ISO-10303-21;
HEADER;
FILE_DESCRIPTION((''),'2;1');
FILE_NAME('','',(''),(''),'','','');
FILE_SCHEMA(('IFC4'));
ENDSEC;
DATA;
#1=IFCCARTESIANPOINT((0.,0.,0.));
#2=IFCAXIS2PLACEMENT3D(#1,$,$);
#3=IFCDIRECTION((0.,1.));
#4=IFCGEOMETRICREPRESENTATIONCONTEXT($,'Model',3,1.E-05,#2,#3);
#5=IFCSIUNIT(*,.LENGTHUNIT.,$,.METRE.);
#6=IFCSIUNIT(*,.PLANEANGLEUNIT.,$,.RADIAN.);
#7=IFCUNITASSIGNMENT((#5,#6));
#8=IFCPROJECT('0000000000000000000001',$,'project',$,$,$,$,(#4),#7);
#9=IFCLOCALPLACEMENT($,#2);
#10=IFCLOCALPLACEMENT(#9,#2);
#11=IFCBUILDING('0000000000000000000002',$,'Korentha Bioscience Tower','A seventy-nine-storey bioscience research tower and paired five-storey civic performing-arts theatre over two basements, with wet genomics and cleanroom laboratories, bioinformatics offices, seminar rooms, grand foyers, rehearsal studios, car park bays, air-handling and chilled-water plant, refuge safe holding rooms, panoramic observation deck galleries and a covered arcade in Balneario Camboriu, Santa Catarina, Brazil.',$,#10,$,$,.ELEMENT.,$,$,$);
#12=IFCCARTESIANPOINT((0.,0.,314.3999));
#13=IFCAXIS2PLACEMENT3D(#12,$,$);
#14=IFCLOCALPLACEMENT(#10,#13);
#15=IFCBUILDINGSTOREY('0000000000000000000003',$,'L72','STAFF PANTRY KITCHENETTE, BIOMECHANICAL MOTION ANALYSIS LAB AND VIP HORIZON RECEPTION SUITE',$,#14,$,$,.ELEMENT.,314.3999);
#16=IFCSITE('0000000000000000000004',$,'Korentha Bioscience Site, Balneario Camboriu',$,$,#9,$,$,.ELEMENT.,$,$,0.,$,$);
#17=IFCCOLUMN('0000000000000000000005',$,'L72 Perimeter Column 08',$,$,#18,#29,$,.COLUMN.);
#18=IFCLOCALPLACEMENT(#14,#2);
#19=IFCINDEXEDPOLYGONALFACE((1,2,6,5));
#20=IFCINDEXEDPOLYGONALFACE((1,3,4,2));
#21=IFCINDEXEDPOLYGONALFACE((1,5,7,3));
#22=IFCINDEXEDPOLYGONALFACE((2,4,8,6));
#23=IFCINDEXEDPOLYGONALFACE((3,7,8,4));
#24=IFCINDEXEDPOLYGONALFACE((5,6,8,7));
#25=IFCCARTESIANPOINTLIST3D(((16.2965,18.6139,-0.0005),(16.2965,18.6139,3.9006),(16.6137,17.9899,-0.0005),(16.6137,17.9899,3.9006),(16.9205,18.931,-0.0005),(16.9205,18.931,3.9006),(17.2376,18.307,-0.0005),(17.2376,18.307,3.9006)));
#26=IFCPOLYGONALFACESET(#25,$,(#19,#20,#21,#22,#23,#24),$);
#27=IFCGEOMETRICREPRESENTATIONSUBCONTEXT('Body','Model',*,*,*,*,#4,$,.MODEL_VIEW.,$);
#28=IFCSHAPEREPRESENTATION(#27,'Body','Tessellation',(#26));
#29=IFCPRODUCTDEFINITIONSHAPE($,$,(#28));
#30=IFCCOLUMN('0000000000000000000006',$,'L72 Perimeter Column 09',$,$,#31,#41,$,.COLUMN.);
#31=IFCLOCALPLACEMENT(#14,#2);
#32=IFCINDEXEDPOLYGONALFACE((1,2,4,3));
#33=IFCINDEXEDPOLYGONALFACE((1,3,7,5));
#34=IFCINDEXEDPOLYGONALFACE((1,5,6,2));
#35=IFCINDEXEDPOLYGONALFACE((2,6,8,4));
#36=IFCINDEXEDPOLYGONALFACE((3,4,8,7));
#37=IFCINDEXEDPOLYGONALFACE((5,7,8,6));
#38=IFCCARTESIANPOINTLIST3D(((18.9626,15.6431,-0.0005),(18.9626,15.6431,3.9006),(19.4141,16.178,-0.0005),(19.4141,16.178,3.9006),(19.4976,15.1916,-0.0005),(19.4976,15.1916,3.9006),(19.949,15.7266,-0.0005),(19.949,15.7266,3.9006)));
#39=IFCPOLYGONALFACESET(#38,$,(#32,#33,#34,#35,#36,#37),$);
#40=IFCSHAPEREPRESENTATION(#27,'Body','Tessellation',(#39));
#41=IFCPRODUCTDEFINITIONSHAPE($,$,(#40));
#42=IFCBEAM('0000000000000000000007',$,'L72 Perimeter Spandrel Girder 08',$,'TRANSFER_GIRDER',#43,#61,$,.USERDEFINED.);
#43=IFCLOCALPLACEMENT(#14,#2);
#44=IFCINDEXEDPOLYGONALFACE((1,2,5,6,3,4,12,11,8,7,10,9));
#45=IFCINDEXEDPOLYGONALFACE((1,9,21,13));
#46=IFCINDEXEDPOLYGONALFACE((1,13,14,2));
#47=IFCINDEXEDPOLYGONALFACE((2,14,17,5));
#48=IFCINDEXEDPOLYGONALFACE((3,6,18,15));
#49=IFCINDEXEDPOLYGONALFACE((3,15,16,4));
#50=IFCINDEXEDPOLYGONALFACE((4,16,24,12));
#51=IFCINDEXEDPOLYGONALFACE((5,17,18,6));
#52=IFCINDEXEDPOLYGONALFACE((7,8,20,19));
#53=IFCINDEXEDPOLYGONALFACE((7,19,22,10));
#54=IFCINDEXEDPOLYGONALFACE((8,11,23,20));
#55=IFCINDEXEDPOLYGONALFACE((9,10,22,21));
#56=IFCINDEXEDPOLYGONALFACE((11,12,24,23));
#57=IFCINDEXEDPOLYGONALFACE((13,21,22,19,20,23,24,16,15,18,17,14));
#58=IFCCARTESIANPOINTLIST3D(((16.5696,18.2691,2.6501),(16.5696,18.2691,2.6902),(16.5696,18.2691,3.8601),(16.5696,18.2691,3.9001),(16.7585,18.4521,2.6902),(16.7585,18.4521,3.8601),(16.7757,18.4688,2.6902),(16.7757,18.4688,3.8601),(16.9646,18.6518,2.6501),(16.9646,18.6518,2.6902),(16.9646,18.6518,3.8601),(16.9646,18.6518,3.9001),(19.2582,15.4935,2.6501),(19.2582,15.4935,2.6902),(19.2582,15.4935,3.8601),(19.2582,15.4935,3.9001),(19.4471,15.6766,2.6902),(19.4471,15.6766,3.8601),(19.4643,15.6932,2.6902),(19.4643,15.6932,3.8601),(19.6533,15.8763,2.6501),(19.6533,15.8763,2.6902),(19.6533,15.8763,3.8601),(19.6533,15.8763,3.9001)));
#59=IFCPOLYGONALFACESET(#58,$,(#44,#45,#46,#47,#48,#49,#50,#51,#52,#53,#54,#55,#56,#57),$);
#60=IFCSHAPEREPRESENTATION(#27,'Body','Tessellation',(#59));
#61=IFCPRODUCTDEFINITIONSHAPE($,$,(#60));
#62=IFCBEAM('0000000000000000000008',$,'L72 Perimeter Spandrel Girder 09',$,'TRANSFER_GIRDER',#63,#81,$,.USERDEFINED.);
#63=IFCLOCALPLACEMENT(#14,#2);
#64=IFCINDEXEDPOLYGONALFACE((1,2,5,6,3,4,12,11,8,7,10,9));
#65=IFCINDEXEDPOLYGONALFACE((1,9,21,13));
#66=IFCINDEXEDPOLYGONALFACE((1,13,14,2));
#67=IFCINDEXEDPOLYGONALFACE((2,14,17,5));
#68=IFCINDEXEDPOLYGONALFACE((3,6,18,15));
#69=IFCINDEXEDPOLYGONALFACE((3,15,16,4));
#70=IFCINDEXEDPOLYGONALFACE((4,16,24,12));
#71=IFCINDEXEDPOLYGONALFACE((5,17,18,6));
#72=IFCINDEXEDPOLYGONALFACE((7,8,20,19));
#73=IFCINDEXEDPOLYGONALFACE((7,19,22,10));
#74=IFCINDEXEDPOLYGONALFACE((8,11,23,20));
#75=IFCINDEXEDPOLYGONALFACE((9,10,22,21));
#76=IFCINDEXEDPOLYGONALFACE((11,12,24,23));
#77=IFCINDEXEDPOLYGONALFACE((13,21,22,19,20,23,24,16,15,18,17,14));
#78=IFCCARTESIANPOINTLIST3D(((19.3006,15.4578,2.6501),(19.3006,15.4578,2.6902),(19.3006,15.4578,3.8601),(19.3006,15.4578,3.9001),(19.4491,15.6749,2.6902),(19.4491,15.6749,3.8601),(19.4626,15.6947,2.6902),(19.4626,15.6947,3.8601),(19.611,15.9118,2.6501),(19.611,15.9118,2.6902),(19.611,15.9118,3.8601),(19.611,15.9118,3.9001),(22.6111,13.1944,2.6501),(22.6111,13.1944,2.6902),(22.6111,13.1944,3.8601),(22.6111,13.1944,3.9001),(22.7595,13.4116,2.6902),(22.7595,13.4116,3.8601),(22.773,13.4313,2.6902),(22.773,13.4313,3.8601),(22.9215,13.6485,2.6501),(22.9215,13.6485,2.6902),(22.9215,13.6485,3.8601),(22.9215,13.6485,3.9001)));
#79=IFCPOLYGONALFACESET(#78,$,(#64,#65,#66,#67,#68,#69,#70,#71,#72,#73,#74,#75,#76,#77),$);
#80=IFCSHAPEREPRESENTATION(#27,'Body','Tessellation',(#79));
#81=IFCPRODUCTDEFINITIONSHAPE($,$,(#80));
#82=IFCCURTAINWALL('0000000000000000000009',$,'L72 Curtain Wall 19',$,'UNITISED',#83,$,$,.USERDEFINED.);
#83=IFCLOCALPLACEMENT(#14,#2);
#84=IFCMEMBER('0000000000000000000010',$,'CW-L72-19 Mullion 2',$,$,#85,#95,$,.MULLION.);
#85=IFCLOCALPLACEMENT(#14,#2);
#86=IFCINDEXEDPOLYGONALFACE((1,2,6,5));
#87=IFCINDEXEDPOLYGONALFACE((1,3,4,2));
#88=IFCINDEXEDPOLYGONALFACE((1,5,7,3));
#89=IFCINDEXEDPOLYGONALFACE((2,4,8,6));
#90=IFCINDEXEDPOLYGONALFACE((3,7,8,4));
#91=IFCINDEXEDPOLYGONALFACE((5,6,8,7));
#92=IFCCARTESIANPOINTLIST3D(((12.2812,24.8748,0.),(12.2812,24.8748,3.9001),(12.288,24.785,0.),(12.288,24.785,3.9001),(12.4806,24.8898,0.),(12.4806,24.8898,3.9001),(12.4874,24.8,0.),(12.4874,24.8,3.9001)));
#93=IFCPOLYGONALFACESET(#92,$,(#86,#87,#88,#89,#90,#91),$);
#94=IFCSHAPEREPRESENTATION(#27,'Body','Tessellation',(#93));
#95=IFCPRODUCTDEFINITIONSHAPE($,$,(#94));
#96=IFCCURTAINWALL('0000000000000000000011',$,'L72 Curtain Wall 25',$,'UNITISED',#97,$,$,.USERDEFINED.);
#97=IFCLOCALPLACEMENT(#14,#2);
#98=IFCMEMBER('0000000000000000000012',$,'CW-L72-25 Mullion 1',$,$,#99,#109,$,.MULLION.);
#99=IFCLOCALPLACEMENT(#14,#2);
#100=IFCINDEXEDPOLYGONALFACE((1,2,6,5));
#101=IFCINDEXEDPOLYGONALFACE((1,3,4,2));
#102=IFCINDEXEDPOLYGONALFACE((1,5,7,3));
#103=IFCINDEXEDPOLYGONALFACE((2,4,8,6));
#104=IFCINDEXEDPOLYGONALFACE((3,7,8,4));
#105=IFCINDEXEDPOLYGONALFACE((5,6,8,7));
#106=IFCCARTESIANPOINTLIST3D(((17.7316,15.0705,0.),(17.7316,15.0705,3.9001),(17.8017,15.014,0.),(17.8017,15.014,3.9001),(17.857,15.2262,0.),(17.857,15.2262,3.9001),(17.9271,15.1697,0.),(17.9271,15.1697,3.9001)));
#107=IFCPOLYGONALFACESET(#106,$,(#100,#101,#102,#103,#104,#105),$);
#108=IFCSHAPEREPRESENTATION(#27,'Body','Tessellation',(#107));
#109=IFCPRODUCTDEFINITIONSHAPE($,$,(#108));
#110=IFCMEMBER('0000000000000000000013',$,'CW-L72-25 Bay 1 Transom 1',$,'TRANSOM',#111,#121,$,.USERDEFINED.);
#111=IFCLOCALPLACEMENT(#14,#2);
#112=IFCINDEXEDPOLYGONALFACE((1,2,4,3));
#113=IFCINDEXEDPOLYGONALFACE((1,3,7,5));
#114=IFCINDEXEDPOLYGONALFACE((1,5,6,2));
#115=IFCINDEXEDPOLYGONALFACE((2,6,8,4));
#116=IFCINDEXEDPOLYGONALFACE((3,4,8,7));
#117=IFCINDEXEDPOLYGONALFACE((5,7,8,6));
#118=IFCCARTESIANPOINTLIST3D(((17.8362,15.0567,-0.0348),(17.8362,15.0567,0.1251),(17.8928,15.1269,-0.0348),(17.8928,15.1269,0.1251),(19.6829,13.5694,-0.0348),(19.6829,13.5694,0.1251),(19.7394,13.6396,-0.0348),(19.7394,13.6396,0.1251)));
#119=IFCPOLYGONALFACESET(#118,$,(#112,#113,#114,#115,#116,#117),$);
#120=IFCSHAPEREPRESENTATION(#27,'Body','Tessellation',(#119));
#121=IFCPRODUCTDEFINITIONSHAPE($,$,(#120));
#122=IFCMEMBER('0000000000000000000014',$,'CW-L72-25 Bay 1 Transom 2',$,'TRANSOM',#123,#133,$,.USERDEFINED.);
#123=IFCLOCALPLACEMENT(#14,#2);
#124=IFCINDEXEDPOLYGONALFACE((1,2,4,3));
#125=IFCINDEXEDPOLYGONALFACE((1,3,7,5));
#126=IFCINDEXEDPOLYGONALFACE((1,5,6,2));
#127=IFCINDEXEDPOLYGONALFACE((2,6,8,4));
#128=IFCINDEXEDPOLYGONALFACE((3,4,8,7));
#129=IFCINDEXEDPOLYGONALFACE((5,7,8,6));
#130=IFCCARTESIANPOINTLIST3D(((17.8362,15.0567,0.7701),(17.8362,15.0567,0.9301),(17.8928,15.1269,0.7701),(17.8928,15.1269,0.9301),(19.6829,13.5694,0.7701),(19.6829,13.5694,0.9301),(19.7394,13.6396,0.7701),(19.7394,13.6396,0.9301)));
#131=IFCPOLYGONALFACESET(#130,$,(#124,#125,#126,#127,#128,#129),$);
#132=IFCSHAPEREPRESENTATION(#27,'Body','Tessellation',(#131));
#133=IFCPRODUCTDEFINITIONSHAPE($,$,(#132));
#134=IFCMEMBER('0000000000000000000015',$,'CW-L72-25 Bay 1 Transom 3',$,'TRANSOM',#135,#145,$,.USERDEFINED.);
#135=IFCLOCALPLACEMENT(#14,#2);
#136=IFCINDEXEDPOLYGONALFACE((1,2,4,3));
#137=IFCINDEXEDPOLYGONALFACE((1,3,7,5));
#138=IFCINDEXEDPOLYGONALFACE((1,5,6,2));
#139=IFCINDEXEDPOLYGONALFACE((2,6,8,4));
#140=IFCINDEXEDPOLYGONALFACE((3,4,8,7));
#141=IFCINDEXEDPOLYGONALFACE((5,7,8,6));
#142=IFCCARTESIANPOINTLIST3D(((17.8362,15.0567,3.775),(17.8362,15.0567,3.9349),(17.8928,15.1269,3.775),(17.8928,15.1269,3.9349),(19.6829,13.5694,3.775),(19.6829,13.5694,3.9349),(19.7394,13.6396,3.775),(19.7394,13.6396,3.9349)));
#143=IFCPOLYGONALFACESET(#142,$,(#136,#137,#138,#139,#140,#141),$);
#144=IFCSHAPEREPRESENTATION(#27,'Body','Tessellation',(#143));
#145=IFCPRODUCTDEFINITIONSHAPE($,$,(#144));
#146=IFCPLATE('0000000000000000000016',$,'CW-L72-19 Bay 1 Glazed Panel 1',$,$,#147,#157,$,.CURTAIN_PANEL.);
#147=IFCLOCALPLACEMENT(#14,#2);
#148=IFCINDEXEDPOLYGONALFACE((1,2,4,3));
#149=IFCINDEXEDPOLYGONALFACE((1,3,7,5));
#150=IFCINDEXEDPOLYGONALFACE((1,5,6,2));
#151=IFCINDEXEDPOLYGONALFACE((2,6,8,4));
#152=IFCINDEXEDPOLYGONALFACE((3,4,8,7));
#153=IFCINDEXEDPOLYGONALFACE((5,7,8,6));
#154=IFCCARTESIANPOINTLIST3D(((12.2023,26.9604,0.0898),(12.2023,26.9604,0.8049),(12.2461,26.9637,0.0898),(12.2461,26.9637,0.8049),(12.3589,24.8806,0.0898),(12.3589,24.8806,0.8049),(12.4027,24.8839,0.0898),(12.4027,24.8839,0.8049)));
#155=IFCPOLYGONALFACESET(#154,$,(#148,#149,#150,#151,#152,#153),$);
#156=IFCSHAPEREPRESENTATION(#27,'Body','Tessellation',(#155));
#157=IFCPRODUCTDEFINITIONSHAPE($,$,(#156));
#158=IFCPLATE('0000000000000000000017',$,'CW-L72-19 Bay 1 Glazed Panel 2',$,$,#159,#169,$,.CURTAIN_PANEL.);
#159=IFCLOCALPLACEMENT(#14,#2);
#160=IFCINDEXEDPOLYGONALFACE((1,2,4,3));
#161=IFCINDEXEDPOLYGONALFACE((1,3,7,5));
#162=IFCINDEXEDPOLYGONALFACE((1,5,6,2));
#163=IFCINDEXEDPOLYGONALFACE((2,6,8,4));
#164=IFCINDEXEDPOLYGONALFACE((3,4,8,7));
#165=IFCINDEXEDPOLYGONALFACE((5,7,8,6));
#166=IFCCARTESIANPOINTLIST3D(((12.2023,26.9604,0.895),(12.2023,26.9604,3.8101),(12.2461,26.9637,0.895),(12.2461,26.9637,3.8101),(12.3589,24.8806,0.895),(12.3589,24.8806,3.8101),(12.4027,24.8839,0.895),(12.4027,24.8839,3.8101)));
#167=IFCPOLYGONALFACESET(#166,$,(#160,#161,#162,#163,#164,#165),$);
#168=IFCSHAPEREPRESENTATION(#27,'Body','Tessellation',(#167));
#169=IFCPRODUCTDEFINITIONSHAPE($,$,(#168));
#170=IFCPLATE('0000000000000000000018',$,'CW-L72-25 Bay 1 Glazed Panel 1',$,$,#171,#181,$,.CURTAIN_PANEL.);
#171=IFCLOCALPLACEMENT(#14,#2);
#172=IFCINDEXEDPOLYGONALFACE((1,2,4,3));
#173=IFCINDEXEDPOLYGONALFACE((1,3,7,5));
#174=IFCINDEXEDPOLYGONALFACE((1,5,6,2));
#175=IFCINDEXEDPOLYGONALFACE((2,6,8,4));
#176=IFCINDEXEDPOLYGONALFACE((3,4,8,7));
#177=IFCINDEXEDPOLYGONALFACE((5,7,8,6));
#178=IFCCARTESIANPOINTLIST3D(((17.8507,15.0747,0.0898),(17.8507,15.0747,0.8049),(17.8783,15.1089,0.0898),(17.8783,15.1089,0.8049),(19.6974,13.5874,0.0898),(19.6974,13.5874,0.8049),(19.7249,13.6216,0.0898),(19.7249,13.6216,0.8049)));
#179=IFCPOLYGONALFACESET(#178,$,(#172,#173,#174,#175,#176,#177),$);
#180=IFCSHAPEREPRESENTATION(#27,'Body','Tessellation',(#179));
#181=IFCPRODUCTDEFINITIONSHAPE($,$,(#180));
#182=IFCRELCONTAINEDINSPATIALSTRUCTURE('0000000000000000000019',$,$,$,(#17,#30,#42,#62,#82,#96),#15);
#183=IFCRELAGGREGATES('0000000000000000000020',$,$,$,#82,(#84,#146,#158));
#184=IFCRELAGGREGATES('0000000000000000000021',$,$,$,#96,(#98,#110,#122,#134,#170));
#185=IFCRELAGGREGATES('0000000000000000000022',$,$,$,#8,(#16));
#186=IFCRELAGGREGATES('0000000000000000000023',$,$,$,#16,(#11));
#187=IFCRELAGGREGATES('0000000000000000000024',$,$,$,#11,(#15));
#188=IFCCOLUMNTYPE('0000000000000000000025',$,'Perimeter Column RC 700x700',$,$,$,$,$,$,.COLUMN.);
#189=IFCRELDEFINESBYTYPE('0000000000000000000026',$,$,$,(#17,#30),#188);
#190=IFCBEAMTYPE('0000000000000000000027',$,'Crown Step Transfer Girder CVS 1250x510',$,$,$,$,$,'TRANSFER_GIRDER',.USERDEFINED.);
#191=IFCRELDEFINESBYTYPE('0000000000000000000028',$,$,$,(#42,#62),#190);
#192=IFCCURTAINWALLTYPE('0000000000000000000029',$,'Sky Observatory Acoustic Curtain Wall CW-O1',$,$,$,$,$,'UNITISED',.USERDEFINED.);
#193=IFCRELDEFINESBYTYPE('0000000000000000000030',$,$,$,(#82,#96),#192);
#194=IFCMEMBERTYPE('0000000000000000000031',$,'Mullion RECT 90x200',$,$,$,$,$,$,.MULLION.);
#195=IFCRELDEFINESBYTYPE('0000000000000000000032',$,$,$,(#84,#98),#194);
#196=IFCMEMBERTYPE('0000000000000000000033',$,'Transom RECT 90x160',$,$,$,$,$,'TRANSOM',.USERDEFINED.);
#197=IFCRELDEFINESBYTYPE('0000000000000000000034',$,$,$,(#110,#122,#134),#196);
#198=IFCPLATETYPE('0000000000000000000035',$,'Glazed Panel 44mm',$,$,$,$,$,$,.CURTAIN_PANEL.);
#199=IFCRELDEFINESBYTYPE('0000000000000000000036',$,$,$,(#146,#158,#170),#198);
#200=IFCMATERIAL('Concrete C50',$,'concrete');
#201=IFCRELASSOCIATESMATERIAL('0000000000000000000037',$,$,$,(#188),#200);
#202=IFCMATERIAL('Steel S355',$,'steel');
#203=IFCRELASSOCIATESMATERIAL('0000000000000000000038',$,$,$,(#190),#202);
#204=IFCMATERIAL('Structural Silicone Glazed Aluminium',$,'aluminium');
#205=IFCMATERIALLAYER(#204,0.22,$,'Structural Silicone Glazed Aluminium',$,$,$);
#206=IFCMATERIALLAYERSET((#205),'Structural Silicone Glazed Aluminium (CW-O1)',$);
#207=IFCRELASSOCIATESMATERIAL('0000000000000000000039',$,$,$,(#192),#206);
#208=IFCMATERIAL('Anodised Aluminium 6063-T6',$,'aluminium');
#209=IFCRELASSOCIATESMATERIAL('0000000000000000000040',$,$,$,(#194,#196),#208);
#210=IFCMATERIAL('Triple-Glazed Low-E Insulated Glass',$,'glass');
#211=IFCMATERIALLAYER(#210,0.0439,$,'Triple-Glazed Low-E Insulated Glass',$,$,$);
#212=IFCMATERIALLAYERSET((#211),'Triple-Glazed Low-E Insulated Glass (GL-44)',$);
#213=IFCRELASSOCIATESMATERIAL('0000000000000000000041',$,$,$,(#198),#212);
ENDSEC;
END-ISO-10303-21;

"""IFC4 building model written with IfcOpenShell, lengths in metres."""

from ifc_helpers import new_model, si_unit, direction, frame, origin, origin_2d, place, context, subcontext, project, spatial, rectangle, i_section, extrude, material, layer, layer_set, material_profile, profile_set, type_object, element, aggregate, save


model = new_model("IFC4")

# Units and contexts
model_context = context("Model", 3, precision=1e-05, world=origin(), true_north=direction((0.0, 1.0)))
body_context = subcontext(model_context, "Body", "Model", "MODEL_VIEW")
ifc_project = project(units=[si_unit("LENGTHUNIT", "METRE"), si_unit("PLANEANGLEUNIT", "RADIAN")], contexts=[model_context])

# Site, building, storey
site_placement = place(None, origin())
site = spatial("IfcSite", under=ifc_project, at=site_placement, Name="Korentha Bioscience Site, Balneario Camboriu", CompositionType="ELEMENT", RefElevation=0.0)
building_placement = place(site_placement, origin())
building = spatial("IfcBuilding", under=site, at=building_placement, Name="Korentha Bioscience Tower", Description="A seventy-nine-storey bioscience research tower and paired five-storey civic performing-arts theatre over two basements, with wet genomics and cleanroom laboratories, bioinformatics offices, seminar rooms, grand foyers, rehearsal studios, car park bays, air-handling and chilled-water plant, refuge safe holding rooms, panoramic observation deck galleries and a covered arcade in Balneario Camboriu, Santa Catarina, Brazil.", CompositionType="ELEMENT")
storey_placement = place(building_placement, frame((0.0, 0.0, 314.3999)))
storey = spatial("IfcBuildingStorey", under=building, at=storey_placement, Name="L72", Description="STAFF PANTRY KITCHENETTE, BIOMECHANICAL MOTION ANALYSIS LAB AND VIP HORIZON RECEPTION SUITE", CompositionType="ELEMENT", Elevation=314.3999)

# Columns
ifc_material_1 = material(Name="Concrete C50", Category="concrete")
ifc_material_profile_1 = material_profile(ifc_material_1, rectangle(XDim=0.7, YDim=0.7, at=origin_2d()), Name="Concrete C50")
ifc_profile_set_1 = profile_set([ifc_material_profile_1], Name="Concrete C50 (COL-P07)")
column_type = type_object("IfcColumnType", Name="Perimeter Column RC 700x700", PredefinedType="COLUMN", material=ifc_profile_set_1)
for number, where, z_axis, x_axis, name in (
    (1, (16.7671, 18.4604, -0.0005), (0.0, 0.0, 1.0), (-0.453057, 0.891481, 0.0), "L72 Perimeter Column 08"),
    (2, (19.4558, 15.6848, -0.0005), (0.0, 0.0, 1.0), (-0.764246, 0.644924, 0.0), "L72 Perimeter Column 09"),
):
    element("IfcColumn", number, at=place(storey_placement, frame(where, z_axis=z_axis, x_axis=x_axis)), inside=storey, type_object=column_type, Name=name, PredefinedType="COLUMN", context=body_context, shape_type="SweptSolid", body=[
        extrude(rectangle(XDim=0.7, YDim=0.7, at=origin_2d()), origin(), (0.0, 0.0, 1.0), 3.9011),
    ])

# Beams
ifc_material_2 = material(Name="Steel S355", Category="steel")
ifc_material_profile_2 = material_profile(ifc_material_2, i_section(OverallWidth=0.55, OverallDepth=1.25, WebThickness=0.0239, FlangeThickness=0.04, at=origin_2d()), Name="Steel S355")
ifc_profile_set_2 = profile_set([ifc_material_profile_2], Name="Steel S355 (TG-03)")
beam_type = type_object("IfcBeamType", Name="Crown Step Transfer Girder CVS 1250x510", ElementType="TRANSFER_GIRDER", PredefinedType="USERDEFINED", material=ifc_profile_set_2)
beam_1_placement = place(storey_placement, frame((16.7671, 18.4604, 3.2751), z_axis=(0.695772, -0.718263, 0.0), x_axis=(0.718263, 0.695772, 0.0)))
element("IfcBeam", 3, at=beam_1_placement, inside=storey, type_object=beam_type, Name="L72 Perimeter Spandrel Girder 08", ObjectType="TRANSFER_GIRDER", PredefinedType="USERDEFINED", context=body_context, shape_type="SweptSolid", body=[
    extrude(i_section(OverallWidth=0.55, OverallDepth=1.25, WebThickness=0.0239, FlangeThickness=0.04, at=origin_2d()), origin(), (0.0, 0.0, 1.0), 3.8643),
])
beam_2_placement = place(storey_placement, frame((19.4558, 15.6848, 3.2751), z_axis=(0.825503, -0.564398, 0.0), x_axis=(0.564398, 0.825503, 0.0)))
element("IfcBeam", 4, at=beam_2_placement, inside=storey, type_object=beam_type, Name="L72 Perimeter Spandrel Girder 09", ObjectType="TRANSFER_GIRDER", PredefinedType="USERDEFINED", context=body_context, shape_type="SweptSolid", body=[
    extrude(i_section(OverallWidth=0.55, OverallDepth=1.25, WebThickness=0.0239, FlangeThickness=0.04, at=origin_2d()), origin(), (0.0, 0.0, 1.0), 4.0103),
])

# Curtain wall, member
ifc_material_3 = material(Name="Structural Silicone Glazed Aluminium", Category="aluminium")
ifc_layer_1 = layer(ifc_material_3, 0.22, Name="Structural Silicone Glazed Aluminium")
ifc_layer_set_1 = layer_set([ifc_layer_1], Name="Structural Silicone Glazed Aluminium (CW-O1)")
curtain_wall_type = type_object("IfcCurtainWallType", Name="Sky Observatory Acoustic Curtain Wall CW-O1", ElementType="UNITISED", PredefinedType="USERDEFINED", material=ifc_layer_set_1)
curtain_wall_1_placement = place(storey_placement, origin())
curtain_wall_1 = element("IfcCurtainWall", 5, at=curtain_wall_1_placement, inside=storey, type_object=curtain_wall_type, Name="L72 Curtain Wall 19", ObjectType="UNITISED", PredefinedType="USERDEFINED")
ifc_material_4 = material(Name="Anodised Aluminium 6063-T6", Category="aluminium")
ifc_material_profile_3 = material_profile(ifc_material_4, rectangle(XDim=0.0901, YDim=0.2, at=origin_2d()), Name="Anodised Aluminium 6063-T6")
ifc_profile_set_3 = profile_set([ifc_material_profile_3], Name="Anodised Aluminium 6063-T6 (CW-MUL)")
member_type_1 = type_object("IfcMemberType", Name="Mullion RECT 90x200", PredefinedType="MULLION", material=ifc_profile_set_3)
member_1_placement = place(storey_placement, frame((12.3843, 24.8374, 0.0), z_axis=(0.0, 0.0, 1.0), x_axis=(0.075073, -0.997178, 0.0)))
member_1 = element("IfcMember", 6, at=member_1_placement, type_object=member_type_1, Name="CW-L72-19 Mullion 2", PredefinedType="MULLION", context=body_context, shape_type="SweptSolid", body=[
    extrude(rectangle(XDim=0.0901, YDim=0.2, at=origin_2d()), origin(), (0.0, 0.0, 1.0), 3.9001),
])

# Curtain wall, members
curtain_wall_2_placement = place(storey_placement, origin())
curtain_wall_2 = element("IfcCurtainWall", 7, at=curtain_wall_2_placement, inside=storey, type_object=curtain_wall_type, Name="L72 Curtain Wall 25", ObjectType="UNITISED", PredefinedType="USERDEFINED")
member_2_placement = place(storey_placement, frame((17.8293, 15.1201, 0.0), z_axis=(0.0, 0.0, 1.0), x_axis=(0.778807, -0.627264, 0.0)))
member_2 = element("IfcMember", 8, at=member_2_placement, type_object=member_type_1, Name="CW-L72-25 Mullion 1", PredefinedType="MULLION", context=body_context, shape_type="SweptSolid", body=[
    extrude(rectangle(XDim=0.0901, YDim=0.2, at=origin_2d()), origin(), (0.0, 0.0, 1.0), 3.9001),
])
ifc_material_profile_4 = material_profile(ifc_material_4, rectangle(XDim=0.0901, YDim=0.1599, at=origin_2d()), Name="Anodised Aluminium 6063-T6")
ifc_profile_set_4 = profile_set([ifc_material_profile_4], Name="Anodised Aluminium 6063-T6 (CW-TRN)")
member_type_2 = type_object("IfcMemberType", Name="Transom RECT 90x160", ElementType="TRANSOM", PredefinedType="USERDEFINED", material=ifc_profile_set_4)
member_3_placement = place(storey_placement, frame((17.8645, 15.0918, 0.0452), z_axis=(0.778815, -0.627253, 0.0), x_axis=(0.627253, 0.778815, 0.0)))
member_3 = element("IfcMember", 9, at=member_3_placement, type_object=member_type_2, Name="CW-L72-25 Bay 1 Transom 1", ObjectType="TRANSOM", PredefinedType="USERDEFINED", context=body_context, shape_type="SweptSolid", body=[
    extrude(rectangle(XDim=0.0901, YDim=0.1599, at=origin_2d()), origin(), (0.0, 0.0, 1.0), 2.3711),
])
member_4_placement = place(storey_placement, frame((17.8645, 15.0918, 0.8501), z_axis=(0.778815, -0.627253, 0.0), x_axis=(0.627253, 0.778815, 0.0)))
member_4 = element("IfcMember", 10, at=member_4_placement, type_object=member_type_2, Name="CW-L72-25 Bay 1 Transom 2", ObjectType="TRANSOM", PredefinedType="USERDEFINED", context=body_context, shape_type="SweptSolid", body=[
    extrude(rectangle(XDim=0.0901, YDim=0.1599, at=origin_2d()), origin(), (0.0, 0.0, 1.0), 2.3711),
])
member_5_placement = place(storey_placement, frame((17.8645, 15.0918, 3.855), z_axis=(0.778815, -0.627253, 0.0), x_axis=(0.627253, 0.778815, 0.0)))
member_5 = element("IfcMember", 11, at=member_5_placement, type_object=member_type_2, Name="CW-L72-25 Bay 1 Transom 3", ObjectType="TRANSOM", PredefinedType="USERDEFINED", context=body_context, shape_type="SweptSolid", body=[
    extrude(rectangle(XDim=0.0901, YDim=0.1599, at=origin_2d()), origin(), (0.0, 0.0, 1.0), 2.3711),
])

# Plates
ifc_material_5 = material(Name="Triple-Glazed Low-E Insulated Glass", Category="glass")
ifc_layer_2 = layer(ifc_material_5, 0.0439, Name="Triple-Glazed Low-E Insulated Glass")
ifc_layer_set_2 = layer_set([ifc_layer_2], Name="Triple-Glazed Low-E Insulated Glass (GL-44)")
plate_type = type_object("IfcPlateType", Name="Glazed Panel 44mm", PredefinedType="CURTAIN_PANEL", material=ifc_layer_set_2)
plate_1_placement = place(storey_placement, frame((12.3025, 25.9221, 0.0898), z_axis=(0.0, 0.0, 1.0), x_axis=(0.075073, -0.997178, 0.0)))
plate_1 = element("IfcPlate", 12, at=plate_1_placement, type_object=plate_type, Name="CW-L72-19 Bay 1 Glazed Panel 1", PredefinedType="CURTAIN_PANEL", context=body_context, shape_type="SweptSolid", body=[
    extrude(rectangle(XDim=2.0857, YDim=0.0439, at=origin_2d()), origin(), (0.0, 0.0, 1.0), 0.7151),
])
plate_2_placement = place(storey_placement, frame((12.3025, 25.9221, 0.895), z_axis=(0.0, 0.0, 1.0), x_axis=(0.075073, -0.997178, 0.0)))
plate_2 = element("IfcPlate", 13, at=plate_2_placement, type_object=plate_type, Name="CW-L72-19 Bay 1 Glazed Panel 2", PredefinedType="CURTAIN_PANEL", context=body_context, shape_type="SweptSolid", body=[
    extrude(rectangle(XDim=2.0857, YDim=0.0439, at=origin_2d()), origin(), (0.0, 0.0, 1.0), 2.915),
])
aggregate(curtain_wall_1, [member_1, plate_1, plate_2])
plate_3_placement = place(storey_placement, frame((18.7878, 14.3481, 0.0898), z_axis=(0.0, 0.0, 1.0), x_axis=(0.778807, -0.627264, 0.0)))
plate_3 = element("IfcPlate", 14, at=plate_3_placement, type_object=plate_type, Name="CW-L72-25 Bay 1 Glazed Panel 1", PredefinedType="CURTAIN_PANEL", context=body_context, shape_type="SweptSolid", body=[
    extrude(rectangle(XDim=2.3711, YDim=0.0439, at=origin_2d()), origin(), (0.0, 0.0, 1.0), 0.7151),
])
aggregate(curtain_wall_2, [member_2, member_3, member_4, member_5, plate_3])

save(model, "model.ifc")
